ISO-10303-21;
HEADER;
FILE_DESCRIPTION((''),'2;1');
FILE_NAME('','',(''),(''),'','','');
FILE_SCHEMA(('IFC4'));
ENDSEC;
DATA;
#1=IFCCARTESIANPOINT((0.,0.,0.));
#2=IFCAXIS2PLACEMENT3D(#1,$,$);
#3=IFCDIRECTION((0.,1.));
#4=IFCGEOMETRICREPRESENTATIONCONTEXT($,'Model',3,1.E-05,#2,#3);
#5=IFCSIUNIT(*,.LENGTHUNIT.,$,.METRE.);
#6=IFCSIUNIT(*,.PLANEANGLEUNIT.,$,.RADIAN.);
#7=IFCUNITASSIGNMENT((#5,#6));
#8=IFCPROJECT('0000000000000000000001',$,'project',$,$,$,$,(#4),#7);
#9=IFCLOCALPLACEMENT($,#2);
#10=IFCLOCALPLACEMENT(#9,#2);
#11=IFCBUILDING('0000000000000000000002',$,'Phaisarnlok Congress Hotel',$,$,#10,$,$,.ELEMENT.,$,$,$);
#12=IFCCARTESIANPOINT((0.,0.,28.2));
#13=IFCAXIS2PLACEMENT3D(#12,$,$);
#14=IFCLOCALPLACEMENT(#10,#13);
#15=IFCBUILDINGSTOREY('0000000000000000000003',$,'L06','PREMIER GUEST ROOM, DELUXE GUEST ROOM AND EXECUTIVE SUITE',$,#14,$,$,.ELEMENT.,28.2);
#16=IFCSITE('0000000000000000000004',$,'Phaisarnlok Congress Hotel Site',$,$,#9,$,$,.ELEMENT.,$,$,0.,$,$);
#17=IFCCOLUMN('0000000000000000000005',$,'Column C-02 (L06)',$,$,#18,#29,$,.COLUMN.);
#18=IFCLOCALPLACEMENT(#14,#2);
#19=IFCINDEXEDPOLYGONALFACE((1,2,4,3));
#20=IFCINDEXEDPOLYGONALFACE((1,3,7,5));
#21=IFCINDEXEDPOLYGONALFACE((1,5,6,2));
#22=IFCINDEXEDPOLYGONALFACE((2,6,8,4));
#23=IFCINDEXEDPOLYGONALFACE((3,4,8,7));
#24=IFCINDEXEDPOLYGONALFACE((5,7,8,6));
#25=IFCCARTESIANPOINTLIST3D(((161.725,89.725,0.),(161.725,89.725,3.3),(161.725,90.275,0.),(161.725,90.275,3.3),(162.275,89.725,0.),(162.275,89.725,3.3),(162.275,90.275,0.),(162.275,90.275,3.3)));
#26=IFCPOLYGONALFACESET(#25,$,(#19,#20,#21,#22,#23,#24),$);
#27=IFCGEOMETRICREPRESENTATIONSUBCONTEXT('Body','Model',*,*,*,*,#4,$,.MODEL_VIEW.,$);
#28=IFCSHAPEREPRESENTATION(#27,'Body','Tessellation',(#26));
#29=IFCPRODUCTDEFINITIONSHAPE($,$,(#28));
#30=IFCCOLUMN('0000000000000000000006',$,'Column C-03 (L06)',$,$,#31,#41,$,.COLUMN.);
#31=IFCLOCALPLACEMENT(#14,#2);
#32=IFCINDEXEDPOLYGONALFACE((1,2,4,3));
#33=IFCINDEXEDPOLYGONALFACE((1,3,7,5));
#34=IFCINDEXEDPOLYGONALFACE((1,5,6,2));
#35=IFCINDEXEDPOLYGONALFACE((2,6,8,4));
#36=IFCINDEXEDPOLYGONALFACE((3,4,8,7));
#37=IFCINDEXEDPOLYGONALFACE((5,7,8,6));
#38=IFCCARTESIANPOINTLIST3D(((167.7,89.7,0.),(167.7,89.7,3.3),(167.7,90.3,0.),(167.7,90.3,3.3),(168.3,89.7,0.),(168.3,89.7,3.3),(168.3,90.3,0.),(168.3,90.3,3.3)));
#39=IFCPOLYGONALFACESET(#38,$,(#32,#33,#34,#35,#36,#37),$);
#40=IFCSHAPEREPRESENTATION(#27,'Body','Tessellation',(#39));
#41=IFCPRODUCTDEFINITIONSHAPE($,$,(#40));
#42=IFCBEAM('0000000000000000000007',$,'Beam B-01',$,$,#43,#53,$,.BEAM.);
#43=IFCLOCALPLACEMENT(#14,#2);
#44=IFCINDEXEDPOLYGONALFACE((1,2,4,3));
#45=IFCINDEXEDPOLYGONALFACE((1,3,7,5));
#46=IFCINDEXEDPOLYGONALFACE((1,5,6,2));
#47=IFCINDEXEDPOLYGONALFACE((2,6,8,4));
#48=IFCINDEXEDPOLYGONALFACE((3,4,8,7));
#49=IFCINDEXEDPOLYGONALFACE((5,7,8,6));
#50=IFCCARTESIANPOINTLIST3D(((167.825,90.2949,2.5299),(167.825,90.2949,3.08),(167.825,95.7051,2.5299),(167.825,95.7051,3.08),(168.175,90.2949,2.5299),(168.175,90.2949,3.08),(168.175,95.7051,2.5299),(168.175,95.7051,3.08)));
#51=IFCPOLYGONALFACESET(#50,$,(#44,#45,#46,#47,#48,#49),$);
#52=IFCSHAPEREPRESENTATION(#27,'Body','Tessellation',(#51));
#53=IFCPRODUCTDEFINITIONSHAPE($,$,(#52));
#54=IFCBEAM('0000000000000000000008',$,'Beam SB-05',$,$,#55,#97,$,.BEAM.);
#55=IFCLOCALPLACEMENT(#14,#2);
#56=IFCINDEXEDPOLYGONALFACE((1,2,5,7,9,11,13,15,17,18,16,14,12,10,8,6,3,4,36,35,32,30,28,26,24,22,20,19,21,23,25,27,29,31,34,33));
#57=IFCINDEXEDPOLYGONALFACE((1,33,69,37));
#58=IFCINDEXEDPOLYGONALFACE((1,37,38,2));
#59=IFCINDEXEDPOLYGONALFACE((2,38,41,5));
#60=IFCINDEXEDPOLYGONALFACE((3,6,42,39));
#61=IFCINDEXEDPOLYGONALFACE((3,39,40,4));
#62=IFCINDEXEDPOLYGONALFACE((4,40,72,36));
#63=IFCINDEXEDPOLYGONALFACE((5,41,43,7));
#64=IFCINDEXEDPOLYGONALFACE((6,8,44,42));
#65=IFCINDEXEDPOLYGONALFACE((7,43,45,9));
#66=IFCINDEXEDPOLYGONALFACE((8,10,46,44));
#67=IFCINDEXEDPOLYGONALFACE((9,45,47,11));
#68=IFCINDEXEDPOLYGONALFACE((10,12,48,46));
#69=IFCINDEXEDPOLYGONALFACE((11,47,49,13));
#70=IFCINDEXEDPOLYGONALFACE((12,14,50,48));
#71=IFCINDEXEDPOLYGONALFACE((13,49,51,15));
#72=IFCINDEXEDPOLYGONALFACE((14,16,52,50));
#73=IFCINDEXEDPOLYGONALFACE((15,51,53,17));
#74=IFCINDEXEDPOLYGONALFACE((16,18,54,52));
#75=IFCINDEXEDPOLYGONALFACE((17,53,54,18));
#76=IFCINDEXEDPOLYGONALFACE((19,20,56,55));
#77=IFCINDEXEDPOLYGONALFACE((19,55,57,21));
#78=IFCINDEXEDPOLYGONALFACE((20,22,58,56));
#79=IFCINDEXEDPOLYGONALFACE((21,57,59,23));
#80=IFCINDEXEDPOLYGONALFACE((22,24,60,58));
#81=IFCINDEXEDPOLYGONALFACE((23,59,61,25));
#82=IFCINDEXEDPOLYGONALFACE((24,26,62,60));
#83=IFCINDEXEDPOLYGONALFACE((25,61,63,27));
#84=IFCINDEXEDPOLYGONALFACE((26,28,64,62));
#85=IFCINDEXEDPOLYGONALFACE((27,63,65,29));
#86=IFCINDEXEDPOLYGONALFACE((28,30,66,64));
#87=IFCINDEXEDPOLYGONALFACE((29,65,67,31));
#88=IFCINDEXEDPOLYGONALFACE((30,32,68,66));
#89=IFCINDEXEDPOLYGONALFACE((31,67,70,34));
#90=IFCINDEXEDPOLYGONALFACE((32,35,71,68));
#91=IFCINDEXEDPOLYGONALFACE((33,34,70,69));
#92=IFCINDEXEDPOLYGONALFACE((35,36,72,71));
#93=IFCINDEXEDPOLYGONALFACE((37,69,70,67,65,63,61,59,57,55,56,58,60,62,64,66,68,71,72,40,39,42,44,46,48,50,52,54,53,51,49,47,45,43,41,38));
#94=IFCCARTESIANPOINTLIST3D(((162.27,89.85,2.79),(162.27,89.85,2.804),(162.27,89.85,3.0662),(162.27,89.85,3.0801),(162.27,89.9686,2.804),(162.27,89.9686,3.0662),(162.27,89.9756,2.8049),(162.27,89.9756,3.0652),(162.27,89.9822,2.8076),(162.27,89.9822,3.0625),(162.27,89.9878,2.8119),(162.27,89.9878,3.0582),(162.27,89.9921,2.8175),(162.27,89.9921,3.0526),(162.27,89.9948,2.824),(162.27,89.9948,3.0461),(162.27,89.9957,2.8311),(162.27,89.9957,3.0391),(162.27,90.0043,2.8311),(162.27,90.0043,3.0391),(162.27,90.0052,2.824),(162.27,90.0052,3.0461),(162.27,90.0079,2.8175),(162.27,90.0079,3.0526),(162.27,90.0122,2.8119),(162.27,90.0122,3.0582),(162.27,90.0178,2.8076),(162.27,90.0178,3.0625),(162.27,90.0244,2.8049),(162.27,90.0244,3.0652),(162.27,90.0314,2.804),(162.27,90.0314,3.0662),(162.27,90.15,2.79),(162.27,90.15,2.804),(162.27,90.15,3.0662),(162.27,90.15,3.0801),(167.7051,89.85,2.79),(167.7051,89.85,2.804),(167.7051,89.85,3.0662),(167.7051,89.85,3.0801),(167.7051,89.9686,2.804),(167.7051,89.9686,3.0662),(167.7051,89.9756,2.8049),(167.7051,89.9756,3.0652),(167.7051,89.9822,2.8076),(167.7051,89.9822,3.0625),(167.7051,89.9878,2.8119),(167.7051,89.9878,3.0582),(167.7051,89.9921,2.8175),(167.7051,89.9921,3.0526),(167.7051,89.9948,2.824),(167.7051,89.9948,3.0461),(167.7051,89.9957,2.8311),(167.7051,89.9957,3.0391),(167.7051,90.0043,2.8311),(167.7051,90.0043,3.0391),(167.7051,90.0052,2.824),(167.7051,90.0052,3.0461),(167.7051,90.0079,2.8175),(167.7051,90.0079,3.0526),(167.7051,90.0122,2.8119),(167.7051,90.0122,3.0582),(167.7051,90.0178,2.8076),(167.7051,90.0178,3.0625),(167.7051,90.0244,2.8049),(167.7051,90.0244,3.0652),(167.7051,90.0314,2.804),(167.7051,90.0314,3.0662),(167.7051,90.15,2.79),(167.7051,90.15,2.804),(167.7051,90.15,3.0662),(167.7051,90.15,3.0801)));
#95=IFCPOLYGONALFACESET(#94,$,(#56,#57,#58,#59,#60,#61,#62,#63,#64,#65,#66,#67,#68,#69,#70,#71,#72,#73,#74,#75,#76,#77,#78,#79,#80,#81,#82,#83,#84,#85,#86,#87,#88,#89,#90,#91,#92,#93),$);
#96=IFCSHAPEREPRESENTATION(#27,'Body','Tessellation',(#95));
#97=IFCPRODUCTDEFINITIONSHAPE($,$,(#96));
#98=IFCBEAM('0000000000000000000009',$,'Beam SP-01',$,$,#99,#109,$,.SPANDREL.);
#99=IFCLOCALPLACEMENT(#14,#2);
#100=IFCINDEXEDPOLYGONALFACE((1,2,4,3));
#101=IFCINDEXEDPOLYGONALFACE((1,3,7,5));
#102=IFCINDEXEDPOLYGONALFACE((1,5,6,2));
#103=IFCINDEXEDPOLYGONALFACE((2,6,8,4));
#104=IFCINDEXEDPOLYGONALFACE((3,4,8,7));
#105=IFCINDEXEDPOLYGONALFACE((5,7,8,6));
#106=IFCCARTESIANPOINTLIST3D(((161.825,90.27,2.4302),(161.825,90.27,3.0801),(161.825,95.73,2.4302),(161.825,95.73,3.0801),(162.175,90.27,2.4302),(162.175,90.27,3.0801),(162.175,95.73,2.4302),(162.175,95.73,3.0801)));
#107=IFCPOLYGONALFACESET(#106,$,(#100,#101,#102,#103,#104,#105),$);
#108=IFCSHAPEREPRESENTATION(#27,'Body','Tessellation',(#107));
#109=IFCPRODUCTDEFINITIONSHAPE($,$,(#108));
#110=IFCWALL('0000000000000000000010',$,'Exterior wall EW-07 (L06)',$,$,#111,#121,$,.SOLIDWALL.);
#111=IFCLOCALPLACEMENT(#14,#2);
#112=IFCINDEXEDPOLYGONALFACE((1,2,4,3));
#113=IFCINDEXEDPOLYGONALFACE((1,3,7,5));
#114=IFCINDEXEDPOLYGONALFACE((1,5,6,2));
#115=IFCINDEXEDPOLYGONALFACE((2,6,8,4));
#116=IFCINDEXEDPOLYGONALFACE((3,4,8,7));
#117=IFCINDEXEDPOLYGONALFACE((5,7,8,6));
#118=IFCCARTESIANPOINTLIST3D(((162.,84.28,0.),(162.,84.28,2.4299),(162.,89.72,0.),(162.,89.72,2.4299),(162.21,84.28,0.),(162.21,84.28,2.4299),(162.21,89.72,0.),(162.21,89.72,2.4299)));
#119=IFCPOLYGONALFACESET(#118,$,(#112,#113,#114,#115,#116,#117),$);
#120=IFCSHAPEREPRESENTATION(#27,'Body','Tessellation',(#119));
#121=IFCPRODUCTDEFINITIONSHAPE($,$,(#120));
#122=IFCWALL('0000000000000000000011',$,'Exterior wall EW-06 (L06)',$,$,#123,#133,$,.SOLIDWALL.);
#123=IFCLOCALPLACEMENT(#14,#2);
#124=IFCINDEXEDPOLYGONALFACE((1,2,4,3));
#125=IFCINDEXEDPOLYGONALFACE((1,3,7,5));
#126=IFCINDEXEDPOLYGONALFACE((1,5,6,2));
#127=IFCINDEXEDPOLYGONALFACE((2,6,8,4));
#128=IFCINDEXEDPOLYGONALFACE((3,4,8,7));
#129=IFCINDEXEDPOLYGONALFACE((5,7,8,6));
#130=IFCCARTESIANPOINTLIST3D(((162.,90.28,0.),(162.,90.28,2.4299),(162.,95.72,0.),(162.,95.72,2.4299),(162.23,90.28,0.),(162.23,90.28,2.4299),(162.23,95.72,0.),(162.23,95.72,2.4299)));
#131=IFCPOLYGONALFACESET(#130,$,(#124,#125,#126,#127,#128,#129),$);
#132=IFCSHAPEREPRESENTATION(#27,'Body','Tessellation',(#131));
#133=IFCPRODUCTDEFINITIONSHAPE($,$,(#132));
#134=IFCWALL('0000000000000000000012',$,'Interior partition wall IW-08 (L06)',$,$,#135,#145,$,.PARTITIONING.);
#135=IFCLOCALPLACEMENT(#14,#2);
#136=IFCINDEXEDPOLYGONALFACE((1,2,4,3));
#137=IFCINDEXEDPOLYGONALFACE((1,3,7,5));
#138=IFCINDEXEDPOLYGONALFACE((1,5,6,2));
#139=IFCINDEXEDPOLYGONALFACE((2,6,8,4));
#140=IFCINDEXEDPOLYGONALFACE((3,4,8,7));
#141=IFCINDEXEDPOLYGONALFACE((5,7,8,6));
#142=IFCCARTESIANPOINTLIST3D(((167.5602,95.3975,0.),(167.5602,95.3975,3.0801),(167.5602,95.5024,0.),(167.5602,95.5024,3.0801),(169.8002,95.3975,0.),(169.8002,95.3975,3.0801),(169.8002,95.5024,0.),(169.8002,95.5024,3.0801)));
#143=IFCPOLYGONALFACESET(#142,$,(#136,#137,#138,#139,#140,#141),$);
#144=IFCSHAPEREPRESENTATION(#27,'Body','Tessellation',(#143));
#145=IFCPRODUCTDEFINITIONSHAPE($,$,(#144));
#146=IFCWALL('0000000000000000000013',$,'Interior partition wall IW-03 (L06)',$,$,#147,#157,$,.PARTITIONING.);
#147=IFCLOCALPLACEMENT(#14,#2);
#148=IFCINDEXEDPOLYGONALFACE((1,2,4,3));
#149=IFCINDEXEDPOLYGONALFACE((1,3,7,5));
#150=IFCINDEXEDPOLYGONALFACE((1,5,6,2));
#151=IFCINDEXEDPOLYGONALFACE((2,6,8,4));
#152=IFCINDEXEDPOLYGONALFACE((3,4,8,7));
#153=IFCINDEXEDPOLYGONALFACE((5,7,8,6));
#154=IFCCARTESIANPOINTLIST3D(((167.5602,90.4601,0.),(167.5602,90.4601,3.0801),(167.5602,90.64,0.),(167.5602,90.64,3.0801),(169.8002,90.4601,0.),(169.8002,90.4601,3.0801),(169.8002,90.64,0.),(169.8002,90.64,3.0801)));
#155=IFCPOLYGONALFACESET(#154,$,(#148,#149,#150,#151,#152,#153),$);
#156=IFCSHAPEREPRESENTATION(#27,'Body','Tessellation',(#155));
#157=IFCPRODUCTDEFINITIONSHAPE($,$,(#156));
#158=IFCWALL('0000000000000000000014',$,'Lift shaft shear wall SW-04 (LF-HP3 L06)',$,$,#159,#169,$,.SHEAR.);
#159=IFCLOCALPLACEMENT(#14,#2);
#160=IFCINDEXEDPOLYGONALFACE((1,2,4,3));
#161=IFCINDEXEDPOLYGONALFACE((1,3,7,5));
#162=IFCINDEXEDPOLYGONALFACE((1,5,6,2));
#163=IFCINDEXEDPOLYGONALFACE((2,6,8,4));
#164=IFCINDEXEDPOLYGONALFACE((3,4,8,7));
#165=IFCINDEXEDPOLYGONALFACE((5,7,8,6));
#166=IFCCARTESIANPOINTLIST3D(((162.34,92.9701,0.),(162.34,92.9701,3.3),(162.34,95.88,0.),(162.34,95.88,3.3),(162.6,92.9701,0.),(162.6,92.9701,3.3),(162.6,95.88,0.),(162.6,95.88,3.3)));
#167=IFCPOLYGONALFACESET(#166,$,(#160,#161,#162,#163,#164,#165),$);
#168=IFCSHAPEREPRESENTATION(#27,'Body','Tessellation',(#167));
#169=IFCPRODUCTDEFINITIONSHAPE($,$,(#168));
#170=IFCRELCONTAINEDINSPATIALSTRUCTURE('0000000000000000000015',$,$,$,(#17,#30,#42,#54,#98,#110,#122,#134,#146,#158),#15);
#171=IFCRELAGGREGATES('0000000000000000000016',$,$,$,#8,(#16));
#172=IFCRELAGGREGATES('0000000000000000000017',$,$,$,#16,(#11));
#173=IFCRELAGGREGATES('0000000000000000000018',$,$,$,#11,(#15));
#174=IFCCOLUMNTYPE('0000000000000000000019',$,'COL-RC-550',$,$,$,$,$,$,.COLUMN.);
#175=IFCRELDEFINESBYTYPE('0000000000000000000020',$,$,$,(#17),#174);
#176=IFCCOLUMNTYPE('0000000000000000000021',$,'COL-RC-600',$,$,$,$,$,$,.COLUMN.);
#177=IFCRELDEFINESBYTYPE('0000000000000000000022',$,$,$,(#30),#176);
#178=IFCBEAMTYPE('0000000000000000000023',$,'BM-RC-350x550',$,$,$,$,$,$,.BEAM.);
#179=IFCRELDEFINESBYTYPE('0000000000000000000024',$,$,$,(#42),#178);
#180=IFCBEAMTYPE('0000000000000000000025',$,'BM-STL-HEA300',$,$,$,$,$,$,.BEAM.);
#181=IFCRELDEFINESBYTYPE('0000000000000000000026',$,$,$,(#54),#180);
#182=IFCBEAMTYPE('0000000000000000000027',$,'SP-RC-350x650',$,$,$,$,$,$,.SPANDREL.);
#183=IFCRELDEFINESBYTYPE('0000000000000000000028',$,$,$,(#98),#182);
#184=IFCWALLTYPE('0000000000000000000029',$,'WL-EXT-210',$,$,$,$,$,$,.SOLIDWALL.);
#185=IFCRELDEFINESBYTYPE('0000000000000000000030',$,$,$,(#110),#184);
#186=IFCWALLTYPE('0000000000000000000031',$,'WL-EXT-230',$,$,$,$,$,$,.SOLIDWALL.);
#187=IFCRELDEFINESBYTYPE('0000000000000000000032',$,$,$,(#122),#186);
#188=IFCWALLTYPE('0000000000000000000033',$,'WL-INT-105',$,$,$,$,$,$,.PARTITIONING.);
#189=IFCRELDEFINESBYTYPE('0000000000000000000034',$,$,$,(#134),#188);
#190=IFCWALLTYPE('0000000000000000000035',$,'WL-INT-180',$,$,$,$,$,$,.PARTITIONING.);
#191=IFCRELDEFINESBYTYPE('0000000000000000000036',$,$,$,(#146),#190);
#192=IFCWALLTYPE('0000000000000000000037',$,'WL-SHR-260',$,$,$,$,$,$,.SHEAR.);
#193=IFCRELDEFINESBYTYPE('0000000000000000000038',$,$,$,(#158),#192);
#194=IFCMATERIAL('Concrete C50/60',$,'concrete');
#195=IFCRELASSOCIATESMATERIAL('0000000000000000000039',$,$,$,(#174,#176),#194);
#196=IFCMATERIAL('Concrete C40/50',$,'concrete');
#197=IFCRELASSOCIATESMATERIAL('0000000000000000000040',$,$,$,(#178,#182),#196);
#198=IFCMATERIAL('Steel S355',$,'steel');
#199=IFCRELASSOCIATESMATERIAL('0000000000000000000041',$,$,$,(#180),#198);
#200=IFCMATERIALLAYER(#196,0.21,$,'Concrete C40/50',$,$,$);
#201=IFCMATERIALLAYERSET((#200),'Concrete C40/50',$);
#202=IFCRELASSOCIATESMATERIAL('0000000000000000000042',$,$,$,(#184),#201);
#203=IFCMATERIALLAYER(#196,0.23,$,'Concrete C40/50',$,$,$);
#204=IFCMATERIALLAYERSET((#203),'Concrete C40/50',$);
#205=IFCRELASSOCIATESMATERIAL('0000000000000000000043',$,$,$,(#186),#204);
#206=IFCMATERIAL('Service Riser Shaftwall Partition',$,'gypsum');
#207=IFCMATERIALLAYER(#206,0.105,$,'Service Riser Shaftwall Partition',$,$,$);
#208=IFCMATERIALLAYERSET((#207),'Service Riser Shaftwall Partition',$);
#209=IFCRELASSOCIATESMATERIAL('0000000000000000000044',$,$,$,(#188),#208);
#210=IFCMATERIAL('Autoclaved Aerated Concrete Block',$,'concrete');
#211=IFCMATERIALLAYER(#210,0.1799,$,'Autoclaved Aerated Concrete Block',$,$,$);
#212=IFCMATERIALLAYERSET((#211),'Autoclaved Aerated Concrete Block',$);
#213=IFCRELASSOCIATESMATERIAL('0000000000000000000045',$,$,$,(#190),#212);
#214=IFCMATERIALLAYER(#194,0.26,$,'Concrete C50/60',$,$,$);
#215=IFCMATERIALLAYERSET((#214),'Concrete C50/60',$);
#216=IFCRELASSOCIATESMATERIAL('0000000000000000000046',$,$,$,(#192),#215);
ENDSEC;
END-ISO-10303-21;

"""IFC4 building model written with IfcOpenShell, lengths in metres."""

from ifc_helpers import new_model, si_unit, direction, frame, frame_2d, origin, origin_2d, place, context, subcontext, project, spatial, rectangle, i_section, extrude, material, layer, layer_set, material_profile, profile_set, type_object, element, save


model = new_model("IFC4")

# Units and contexts
model_context = context("Model", 3, precision=1e-05, world=origin(), true_north=direction((0.0, 1.0)))
body_context = subcontext(model_context, "Body", "Model", "MODEL_VIEW")
ifc_project = project(units=[si_unit("LENGTHUNIT", "METRE"), si_unit("PLANEANGLEUNIT", "RADIAN")], contexts=[model_context])

# Site, building, storey
site_placement = place(None, origin())
site = spatial("IfcSite", under=ifc_project, at=site_placement, Name="Phaisarnlok Congress Hotel Site", CompositionType="ELEMENT", RefElevation=0.0)
building_placement = place(site_placement, origin())
building = spatial("IfcBuilding", under=site, at=building_placement, Name="Phaisarnlok Congress Hotel", CompositionType="ELEMENT")
storey_placement = place(building_placement, frame((0.0, 0.0, 28.2)))
storey = spatial("IfcBuildingStorey", under=building, at=storey_placement, Name="L06", Description="PREMIER GUEST ROOM, DELUXE GUEST ROOM AND EXECUTIVE SUITE", CompositionType="ELEMENT", Elevation=28.2)

# Columns
ifc_material_1 = material(Name="Concrete C50/60", Category="concrete")
ifc_material_profile_1 = material_profile(ifc_material_1, rectangle(XDim=0.55, YDim=0.55, at=origin_2d()), Name="RC 550x550")
ifc_profile_set_1 = profile_set([ifc_material_profile_1], Name="Concrete C50/60")
column_type_1 = type_object("IfcColumnType", Name="COL-RC-550", PredefinedType="COLUMN", material=ifc_profile_set_1)
column_1_placement = place(storey_placement, frame((162.0, 90.0, 0.0), z_axis=(0.0, 0.0, 1.0), x_axis=(1.0, 0.0, 0.0)))
element("IfcColumn", 1, at=column_1_placement, inside=storey, type_object=column_type_1, Name="Column C-02 (L06)", PredefinedType="COLUMN", context=body_context, shape_type="SweptSolid", body=[
    extrude(rectangle(XDim=0.55, YDim=0.55, at=origin_2d()), origin(), (0.0, 0.0, 1.0), 3.3),
])
ifc_material_profile_2 = material_profile(ifc_material_1, rectangle(XDim=0.6001, YDim=0.6001, at=origin_2d()), Name="RC 600x600")
ifc_profile_set_2 = profile_set([ifc_material_profile_2], Name="Concrete C50/60")
column_type_2 = type_object("IfcColumnType", Name="COL-RC-600", PredefinedType="COLUMN", material=ifc_profile_set_2)
column_2_placement = place(storey_placement, frame((168.0, 90.0, 0.0), z_axis=(0.0, 0.0, 1.0), x_axis=(1.0, 0.0, 0.0)))
element("IfcColumn", 2, at=column_2_placement, inside=storey, type_object=column_type_2, Name="Column C-03 (L06)", PredefinedType="COLUMN", context=body_context, shape_type="SweptSolid", body=[
    extrude(rectangle(XDim=0.6001, YDim=0.6001, at=origin_2d()), origin(), (0.0, 0.0, 1.0), 3.3),
])

# Beams
ifc_material_2 = material(Name="Concrete C40/50", Category="concrete")
ifc_material_profile_3 = material_profile(ifc_material_2, rectangle(XDim=0.3501, YDim=0.55, at=origin_2d()), Name="RC 350x550")
ifc_profile_set_3 = profile_set([ifc_material_profile_3], Name="Concrete C40/50")
beam_type_1 = type_object("IfcBeamType", Name="BM-RC-350x550", PredefinedType="BEAM", material=ifc_profile_set_3)
beam_1_placement = place(storey_placement, frame((168.0, 90.2949, 2.8049), z_axis=(0.0, 1.0, 0.0), x_axis=(-1.0, 0.0, 0.0)))
element("IfcBeam", 3, at=beam_1_placement, inside=storey, type_object=beam_type_1, Name="Beam B-01", PredefinedType="BEAM", context=body_context, shape_type="SweptSolid", body=[
    extrude(rectangle(XDim=0.3501, YDim=0.55, at=origin_2d()), origin(), (0.0, 0.0, 1.0), 5.4102),
])
ifc_material_3 = material(Name="Steel S355", Category="steel")
ifc_material_profile_4 = material_profile(ifc_material_3, i_section(OverallWidth=0.3, OverallDepth=0.29, WebThickness=0.0085, FlangeThickness=0.0139, FilletRadius=0.0271, at=origin_2d()), Name="HEA 300")
ifc_profile_set_4 = profile_set([ifc_material_profile_4], Name="Steel S355")
beam_type_2 = type_object("IfcBeamType", Name="BM-STL-HEA300", PredefinedType="BEAM", material=ifc_profile_set_4)
beam_2_placement = place(storey_placement, frame((162.27, 90.0, 2.9351), z_axis=(1.0, 0.0, 0.0), x_axis=(0.0, 1.0, 0.0)))
element("IfcBeam", 4, at=beam_2_placement, inside=storey, type_object=beam_type_2, Name="Beam SB-05", PredefinedType="BEAM", context=body_context, shape_type="SweptSolid", body=[
    extrude(i_section(OverallWidth=0.3, OverallDepth=0.29, WebThickness=0.0085, FlangeThickness=0.0139, FilletRadius=0.0271, at=origin_2d()), origin(), (0.0, 0.0, 1.0), 5.4351),
])
ifc_material_profile_5 = material_profile(ifc_material_2, rectangle(XDim=0.3501, YDim=0.6499, at=origin_2d()), Name="RC 350x650")
ifc_profile_set_5 = profile_set([ifc_material_profile_5], Name="Concrete C40/50")
beam_type_3 = type_object("IfcBeamType", Name="SP-RC-350x650", PredefinedType="SPANDREL", material=ifc_profile_set_5)
beam_3_placement = place(storey_placement, frame((162.0, 90.27, 2.7551), z_axis=(0.0, 1.0, 0.0), x_axis=(-1.0, 0.0, 0.0)))
element("IfcBeam", 5, at=beam_3_placement, inside=storey, type_object=beam_type_3, Name="Beam SP-01", PredefinedType="SPANDREL", context=body_context, shape_type="SweptSolid", body=[
    extrude(rectangle(XDim=0.3501, YDim=0.6499, at=origin_2d()), origin(), (0.0, 0.0, 1.0), 5.46),
])

# Walls
ifc_layer_1 = layer(ifc_material_2, 0.21, Name="Concrete C40/50")
ifc_layer_set_1 = layer_set([ifc_layer_1], Name="Concrete C40/50")
wall_type_1 = type_object("IfcWallType", Name="WL-EXT-210", PredefinedType="SOLIDWALL", material=ifc_layer_set_1)
wall_1_placement = place(storey_placement, frame((162.105, 89.72, 0.0), z_axis=(0.0, 0.0, 1.0), x_axis=(0.0, -1.0, 0.0)))
element("IfcWall", 6, at=wall_1_placement, inside=storey, type_object=wall_type_1, Name="Exterior wall EW-07 (L06)", PredefinedType="SOLIDWALL", context=body_context, shape_type="SweptSolid", body=[
    extrude(rectangle(XDim=5.4399, YDim=0.21, at=frame_2d((2.72, 0.0))), origin(), (0.0, 0.0, 1.0), 2.4299),
])
ifc_layer_2 = layer(ifc_material_2, 0.23, Name="Concrete C40/50")
ifc_layer_set_2 = layer_set([ifc_layer_2], Name="Concrete C40/50")
wall_type_2 = type_object("IfcWallType", Name="WL-EXT-230", PredefinedType="SOLIDWALL", material=ifc_layer_set_2)
wall_2_placement = place(storey_placement, frame((162.115, 95.72, 0.0), z_axis=(0.0, 0.0, 1.0), x_axis=(0.0, -1.0, 0.0)))
element("IfcWall", 7, at=wall_2_placement, inside=storey, type_object=wall_type_2, Name="Exterior wall EW-06 (L06)", PredefinedType="SOLIDWALL", context=body_context, shape_type="SweptSolid", body=[
    extrude(rectangle(XDim=5.4399, YDim=0.23, at=frame_2d((2.72, 0.0))), origin(), (0.0, 0.0, 1.0), 2.4299),
])
ifc_material_4 = material(Name="Service Riser Shaftwall Partition", Category="gypsum")
ifc_layer_3 = layer(ifc_material_4, 0.105, Name="Service Riser Shaftwall Partition")
ifc_layer_set_3 = layer_set([ifc_layer_3], Name="Service Riser Shaftwall Partition")
wall_type_3 = type_object("IfcWallType", Name="WL-INT-105", PredefinedType="PARTITIONING", material=ifc_layer_set_3)
wall_3_placement = place(storey_placement, frame((167.5601, 95.45, 0.0), z_axis=(0.0, 0.0, 1.0), x_axis=(1.0, 0.0, 0.0)))
element("IfcWall", 8, at=wall_3_placement, inside=storey, type_object=wall_type_3, Name="Interior partition wall IW-08 (L06)", PredefinedType="PARTITIONING", context=body_context, shape_type="SweptSolid", body=[
    extrude(rectangle(XDim=2.24, YDim=0.105, at=frame_2d((1.1201, 0.0))), origin(), (0.0, 0.0, 1.0), 3.0801),
])
ifc_material_5 = material(Name="Autoclaved Aerated Concrete Block", Category="concrete")
ifc_layer_4 = layer(ifc_material_5, 0.1799, Name="Autoclaved Aerated Concrete Block")
ifc_layer_set_4 = layer_set([ifc_layer_4], Name="Autoclaved Aerated Concrete Block")
wall_type_4 = type_object("IfcWallType", Name="WL-INT-180", PredefinedType="PARTITIONING", material=ifc_layer_set_4)
wall_4_placement = place(storey_placement, frame((167.5601, 90.55, 0.0), z_axis=(0.0, 0.0, 1.0), x_axis=(1.0, 0.0, 0.0)))
element("IfcWall", 9, at=wall_4_placement, inside=storey, type_object=wall_type_4, Name="Interior partition wall IW-03 (L06)", PredefinedType="PARTITIONING", context=body_context, shape_type="SweptSolid", body=[
    extrude(rectangle(XDim=2.24, YDim=0.1799, at=frame_2d((1.1201, 0.0))), origin(), (0.0, 0.0, 1.0), 3.0801),
])

# Shared definitions
ifc_layer_5 = layer(ifc_material_1, 0.26, Name="Concrete C50/60")
ifc_layer_set_5 = layer_set([ifc_layer_5], Name="Concrete C50/60")
wall_type_5 = type_object("IfcWallType", Name="WL-SHR-260", PredefinedType="SHEAR", material=ifc_layer_set_5)

# Wall
wall_5_placement = place(storey_placement, frame((162.47, 92.97, 0.0), z_axis=(0.0, 0.0, 1.0), x_axis=(0.0, 1.0, 0.0)))
element("IfcWall", 10, at=wall_5_placement, inside=storey, type_object=wall_type_5, Name="Lift shaft shear wall SW-04 (LF-HP3 L06)", PredefinedType="SHEAR", context=body_context, shape_type="SweptSolid", body=[
    extrude(rectangle(XDim=2.9099, YDim=0.26, at=frame_2d((1.4551, 0.0))), origin(), (0.0, 0.0, 1.0), 3.3),
])

save(model, "model.ifc")
